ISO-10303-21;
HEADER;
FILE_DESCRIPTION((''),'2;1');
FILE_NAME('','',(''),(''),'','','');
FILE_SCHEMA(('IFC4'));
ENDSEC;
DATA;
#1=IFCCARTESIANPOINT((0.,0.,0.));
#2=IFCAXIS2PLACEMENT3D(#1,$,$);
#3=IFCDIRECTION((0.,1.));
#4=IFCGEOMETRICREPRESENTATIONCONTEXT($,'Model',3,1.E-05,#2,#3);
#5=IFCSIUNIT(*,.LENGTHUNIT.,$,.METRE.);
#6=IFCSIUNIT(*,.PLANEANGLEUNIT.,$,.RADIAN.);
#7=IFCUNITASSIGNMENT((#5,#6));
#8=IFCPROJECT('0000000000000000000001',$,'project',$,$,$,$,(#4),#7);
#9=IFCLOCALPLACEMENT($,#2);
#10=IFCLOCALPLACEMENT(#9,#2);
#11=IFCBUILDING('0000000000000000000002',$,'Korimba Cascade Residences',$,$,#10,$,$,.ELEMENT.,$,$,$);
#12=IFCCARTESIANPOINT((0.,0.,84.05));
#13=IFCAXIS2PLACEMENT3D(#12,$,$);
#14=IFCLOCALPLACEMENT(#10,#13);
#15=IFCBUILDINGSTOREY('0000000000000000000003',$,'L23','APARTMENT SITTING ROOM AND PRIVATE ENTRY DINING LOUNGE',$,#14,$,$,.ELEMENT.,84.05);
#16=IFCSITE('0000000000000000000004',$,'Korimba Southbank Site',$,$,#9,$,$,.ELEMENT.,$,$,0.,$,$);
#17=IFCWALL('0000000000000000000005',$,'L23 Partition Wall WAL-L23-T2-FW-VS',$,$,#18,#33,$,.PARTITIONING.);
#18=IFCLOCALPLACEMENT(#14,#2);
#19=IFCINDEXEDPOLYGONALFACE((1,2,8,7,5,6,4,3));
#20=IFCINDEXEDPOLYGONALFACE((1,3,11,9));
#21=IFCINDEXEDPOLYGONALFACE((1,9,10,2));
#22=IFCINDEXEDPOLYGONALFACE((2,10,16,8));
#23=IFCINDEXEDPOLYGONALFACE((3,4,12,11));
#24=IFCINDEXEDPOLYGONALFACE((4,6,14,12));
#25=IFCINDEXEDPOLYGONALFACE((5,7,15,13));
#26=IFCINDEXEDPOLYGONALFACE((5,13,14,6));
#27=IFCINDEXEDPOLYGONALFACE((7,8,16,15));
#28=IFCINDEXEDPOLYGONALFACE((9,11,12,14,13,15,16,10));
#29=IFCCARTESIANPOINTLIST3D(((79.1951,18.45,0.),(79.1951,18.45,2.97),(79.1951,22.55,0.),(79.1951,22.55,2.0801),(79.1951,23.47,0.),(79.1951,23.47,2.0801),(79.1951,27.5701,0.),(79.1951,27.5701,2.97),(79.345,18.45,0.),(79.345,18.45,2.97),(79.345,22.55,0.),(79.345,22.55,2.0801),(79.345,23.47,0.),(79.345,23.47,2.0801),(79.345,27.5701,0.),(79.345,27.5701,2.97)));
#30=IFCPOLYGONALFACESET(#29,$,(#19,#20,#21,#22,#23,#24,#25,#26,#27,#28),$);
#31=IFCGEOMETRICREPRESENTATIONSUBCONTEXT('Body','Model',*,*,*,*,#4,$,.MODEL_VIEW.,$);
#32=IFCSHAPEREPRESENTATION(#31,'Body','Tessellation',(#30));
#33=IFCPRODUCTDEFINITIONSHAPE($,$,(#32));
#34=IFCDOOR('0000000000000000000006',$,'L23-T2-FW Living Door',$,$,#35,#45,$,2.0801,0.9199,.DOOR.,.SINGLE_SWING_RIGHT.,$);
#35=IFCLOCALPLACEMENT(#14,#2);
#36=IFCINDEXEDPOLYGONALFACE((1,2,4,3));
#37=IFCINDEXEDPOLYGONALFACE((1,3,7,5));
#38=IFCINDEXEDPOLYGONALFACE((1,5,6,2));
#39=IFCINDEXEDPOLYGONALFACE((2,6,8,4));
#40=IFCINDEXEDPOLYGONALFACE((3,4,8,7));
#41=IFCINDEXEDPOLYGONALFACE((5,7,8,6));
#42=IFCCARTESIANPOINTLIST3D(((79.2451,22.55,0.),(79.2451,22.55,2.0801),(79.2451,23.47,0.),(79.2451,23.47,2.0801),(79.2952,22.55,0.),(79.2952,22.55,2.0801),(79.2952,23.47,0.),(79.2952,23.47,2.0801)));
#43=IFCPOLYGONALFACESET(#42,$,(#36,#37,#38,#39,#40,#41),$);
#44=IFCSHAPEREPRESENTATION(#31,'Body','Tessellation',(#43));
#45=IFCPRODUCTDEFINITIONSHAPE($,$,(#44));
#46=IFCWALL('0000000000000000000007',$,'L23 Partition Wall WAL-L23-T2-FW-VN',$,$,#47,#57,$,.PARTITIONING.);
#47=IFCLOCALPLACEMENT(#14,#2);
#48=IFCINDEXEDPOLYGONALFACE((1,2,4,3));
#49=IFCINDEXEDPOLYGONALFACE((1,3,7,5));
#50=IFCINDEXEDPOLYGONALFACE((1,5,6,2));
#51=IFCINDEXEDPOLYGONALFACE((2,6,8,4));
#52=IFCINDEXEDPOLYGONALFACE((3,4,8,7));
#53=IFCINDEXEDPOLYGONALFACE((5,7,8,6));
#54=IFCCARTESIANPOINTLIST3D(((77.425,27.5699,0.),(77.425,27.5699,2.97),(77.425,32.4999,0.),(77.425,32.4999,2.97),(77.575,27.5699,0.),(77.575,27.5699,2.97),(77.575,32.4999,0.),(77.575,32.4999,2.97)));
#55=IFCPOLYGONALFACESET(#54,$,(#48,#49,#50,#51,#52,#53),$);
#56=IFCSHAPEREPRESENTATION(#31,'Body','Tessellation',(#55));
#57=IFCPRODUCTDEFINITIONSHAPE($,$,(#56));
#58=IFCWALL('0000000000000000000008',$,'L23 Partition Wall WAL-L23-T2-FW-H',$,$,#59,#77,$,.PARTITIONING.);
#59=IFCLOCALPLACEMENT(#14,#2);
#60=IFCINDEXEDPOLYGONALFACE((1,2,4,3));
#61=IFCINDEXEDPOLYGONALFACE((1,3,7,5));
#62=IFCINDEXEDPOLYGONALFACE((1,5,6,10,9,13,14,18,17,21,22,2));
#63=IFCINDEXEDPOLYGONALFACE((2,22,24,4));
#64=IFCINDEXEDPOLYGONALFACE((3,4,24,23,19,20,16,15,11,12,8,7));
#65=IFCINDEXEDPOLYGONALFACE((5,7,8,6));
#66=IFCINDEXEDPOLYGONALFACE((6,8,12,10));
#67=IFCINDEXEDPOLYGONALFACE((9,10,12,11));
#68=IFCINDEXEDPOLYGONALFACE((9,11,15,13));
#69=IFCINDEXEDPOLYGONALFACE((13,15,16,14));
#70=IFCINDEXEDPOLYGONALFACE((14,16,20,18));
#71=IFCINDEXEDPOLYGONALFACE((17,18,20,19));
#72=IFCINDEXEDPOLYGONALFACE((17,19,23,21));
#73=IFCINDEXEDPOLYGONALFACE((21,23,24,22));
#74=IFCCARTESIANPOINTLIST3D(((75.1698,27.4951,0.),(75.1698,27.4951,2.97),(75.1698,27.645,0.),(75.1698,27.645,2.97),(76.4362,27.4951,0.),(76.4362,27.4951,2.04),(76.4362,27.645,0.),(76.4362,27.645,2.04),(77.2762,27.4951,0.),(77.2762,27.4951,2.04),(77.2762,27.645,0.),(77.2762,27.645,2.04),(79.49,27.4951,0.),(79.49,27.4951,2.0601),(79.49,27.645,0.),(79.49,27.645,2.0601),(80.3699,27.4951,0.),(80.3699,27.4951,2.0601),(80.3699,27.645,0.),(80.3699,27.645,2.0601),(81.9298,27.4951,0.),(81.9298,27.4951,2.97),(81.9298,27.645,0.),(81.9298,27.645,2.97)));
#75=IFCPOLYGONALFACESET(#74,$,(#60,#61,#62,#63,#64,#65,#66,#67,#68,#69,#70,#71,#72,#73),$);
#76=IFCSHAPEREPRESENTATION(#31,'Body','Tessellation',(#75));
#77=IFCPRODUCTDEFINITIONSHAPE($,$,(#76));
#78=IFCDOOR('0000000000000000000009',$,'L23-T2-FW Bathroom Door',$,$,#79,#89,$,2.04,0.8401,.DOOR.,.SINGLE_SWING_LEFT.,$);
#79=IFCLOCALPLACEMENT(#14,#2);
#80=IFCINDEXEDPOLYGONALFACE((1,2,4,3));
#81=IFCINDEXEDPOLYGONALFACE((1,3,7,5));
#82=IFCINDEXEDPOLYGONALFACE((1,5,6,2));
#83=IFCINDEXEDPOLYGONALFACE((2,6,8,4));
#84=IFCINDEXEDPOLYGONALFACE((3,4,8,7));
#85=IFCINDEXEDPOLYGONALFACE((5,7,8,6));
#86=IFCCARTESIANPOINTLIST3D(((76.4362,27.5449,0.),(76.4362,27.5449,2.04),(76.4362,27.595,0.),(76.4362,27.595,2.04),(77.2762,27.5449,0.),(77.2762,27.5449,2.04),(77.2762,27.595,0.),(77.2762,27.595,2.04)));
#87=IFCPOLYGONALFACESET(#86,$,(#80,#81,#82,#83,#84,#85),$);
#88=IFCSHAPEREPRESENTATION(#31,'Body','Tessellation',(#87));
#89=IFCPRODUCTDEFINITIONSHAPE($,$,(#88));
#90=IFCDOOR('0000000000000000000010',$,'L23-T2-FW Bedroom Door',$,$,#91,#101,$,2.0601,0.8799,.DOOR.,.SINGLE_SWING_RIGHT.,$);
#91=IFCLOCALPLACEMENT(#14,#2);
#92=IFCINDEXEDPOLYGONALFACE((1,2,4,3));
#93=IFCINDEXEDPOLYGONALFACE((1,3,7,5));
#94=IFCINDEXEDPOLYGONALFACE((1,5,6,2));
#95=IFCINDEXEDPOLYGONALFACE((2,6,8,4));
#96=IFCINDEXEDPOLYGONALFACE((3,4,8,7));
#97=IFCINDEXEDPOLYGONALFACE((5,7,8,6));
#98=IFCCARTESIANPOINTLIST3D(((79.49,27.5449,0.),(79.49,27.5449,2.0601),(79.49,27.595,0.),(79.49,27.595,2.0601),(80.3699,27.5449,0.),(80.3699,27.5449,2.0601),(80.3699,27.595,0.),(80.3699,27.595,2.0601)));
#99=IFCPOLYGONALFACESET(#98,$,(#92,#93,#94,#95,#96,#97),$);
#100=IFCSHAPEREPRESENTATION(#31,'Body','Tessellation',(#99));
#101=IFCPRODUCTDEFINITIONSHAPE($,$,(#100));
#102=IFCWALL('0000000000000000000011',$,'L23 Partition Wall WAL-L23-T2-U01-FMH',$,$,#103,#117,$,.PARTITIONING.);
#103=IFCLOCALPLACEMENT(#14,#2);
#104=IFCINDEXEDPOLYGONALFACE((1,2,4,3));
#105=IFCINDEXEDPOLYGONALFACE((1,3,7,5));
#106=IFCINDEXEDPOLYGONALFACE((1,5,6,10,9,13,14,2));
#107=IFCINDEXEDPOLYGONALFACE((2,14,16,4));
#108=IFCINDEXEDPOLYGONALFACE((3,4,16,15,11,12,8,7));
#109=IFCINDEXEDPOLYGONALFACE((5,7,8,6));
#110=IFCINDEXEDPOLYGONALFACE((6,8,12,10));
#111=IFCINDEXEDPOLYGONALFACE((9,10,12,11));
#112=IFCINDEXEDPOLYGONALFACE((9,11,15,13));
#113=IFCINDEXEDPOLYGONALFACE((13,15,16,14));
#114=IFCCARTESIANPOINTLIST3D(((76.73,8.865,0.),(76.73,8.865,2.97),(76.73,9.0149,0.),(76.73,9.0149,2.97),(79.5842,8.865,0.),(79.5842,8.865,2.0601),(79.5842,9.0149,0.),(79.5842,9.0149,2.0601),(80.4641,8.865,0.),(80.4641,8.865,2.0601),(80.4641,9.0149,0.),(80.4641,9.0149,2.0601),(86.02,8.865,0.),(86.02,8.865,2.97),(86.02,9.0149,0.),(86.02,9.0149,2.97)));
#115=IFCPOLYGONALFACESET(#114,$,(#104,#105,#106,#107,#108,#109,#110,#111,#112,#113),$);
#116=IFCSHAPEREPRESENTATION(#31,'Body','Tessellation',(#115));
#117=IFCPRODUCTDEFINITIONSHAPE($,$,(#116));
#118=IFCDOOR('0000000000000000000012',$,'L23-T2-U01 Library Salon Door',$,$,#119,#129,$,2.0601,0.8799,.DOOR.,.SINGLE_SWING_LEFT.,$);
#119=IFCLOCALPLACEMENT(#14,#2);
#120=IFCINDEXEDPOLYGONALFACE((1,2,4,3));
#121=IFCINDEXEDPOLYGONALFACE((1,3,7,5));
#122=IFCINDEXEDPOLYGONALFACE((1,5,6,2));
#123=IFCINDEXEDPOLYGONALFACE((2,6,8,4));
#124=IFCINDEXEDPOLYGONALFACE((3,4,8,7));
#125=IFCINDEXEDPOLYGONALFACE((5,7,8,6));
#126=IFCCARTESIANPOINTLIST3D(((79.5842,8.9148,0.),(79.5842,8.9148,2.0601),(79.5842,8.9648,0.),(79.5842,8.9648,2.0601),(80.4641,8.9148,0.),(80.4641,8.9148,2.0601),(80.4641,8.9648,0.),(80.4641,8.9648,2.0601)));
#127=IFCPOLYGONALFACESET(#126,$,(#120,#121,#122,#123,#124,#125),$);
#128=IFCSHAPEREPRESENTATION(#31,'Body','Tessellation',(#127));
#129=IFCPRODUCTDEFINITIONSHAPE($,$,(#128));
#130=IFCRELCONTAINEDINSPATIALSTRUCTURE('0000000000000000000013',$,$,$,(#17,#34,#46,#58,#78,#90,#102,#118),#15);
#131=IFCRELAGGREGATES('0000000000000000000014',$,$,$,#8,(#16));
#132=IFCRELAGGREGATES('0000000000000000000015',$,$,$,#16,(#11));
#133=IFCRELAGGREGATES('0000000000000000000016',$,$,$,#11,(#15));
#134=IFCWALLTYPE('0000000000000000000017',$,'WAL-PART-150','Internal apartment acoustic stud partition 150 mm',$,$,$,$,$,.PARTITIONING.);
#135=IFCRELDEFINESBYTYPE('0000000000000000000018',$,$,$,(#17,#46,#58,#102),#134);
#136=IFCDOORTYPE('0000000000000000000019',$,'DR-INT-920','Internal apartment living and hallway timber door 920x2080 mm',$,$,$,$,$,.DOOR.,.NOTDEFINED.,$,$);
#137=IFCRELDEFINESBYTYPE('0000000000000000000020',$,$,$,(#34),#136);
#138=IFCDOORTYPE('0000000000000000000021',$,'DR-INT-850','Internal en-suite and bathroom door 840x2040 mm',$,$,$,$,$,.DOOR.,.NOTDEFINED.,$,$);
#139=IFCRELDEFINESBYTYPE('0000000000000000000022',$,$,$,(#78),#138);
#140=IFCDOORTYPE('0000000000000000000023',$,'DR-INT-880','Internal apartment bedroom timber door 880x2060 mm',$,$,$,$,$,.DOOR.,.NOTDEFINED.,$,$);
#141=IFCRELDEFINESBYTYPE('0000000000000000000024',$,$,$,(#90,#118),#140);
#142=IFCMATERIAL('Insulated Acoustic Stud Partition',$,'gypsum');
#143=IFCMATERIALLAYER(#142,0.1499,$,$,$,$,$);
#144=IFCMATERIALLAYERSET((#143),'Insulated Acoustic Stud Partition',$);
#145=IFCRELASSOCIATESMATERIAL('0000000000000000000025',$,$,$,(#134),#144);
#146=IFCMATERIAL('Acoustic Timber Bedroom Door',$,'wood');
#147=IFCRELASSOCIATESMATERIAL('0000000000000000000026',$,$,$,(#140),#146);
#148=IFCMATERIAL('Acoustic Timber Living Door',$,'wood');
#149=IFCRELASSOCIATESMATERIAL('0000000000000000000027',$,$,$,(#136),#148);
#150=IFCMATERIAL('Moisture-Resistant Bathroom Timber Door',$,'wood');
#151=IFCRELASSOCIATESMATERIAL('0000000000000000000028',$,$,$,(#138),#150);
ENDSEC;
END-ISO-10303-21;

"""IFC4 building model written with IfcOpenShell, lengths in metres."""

from ifc_helpers import new_model, si_unit, direction, frame, frame_2d, origin, place, context, subcontext, project, spatial, rectangle, extrude, material, layer, layer_set, type_object, element, fill, save


model = new_model("IFC4")

# Units and contexts
model_context = context("Model", 3, precision=1e-05, world=origin(), true_north=direction((0.0, 1.0)))
body_context = subcontext(model_context, "Body", "Model", "MODEL_VIEW")
ifc_project = project(units=[si_unit("LENGTHUNIT", "METRE"), si_unit("PLANEANGLEUNIT", "RADIAN")], contexts=[model_context])

# Site, building, storey
site_placement = place(None, origin())
site = spatial("IfcSite", under=ifc_project, at=site_placement, Name="Korimba Southbank Site", CompositionType="ELEMENT", RefElevation=0.0)
building_placement = place(site_placement, origin())
building = spatial("IfcBuilding", under=site, at=building_placement, Name="Korimba Cascade Residences", CompositionType="ELEMENT")
storey_placement = place(building_placement, frame((0.0, 0.0, 84.05)))
storey = spatial("IfcBuildingStorey", under=building, at=storey_placement, Name="L23", Description="APARTMENT SITTING ROOM AND PRIVATE ENTRY DINING LOUNGE", CompositionType="ELEMENT", Elevation=84.05)

# Wall, opening, door
ifc_material_1 = material(Name="Insulated Acoustic Stud Partition", Category="gypsum")
ifc_layer_1 = layer(ifc_material_1, 0.1499)
ifc_layer_set_1 = layer_set([ifc_layer_1], Name="Insulated Acoustic Stud Partition")
wall_type_1 = type_object("IfcWallType", Name="WAL-PART-150", Description="Internal apartment acoustic stud partition 150 mm", PredefinedType="PARTITIONING", material=ifc_layer_set_1)
ifc_material_2 = material(Name="Acoustic Timber Bedroom Door", Category="wood")
door_type_1 = type_object("IfcDoorType", Name="DR-INT-880", Description="Internal apartment bedroom timber door 880x2060 mm", OperationType="NOTDEFINED", PredefinedType="DOOR", material=ifc_material_2)
wall_1_placement = place(storey_placement, frame((79.27, 18.45, 0.0), z_axis=(0.0, 0.0, 1.0), x_axis=(0.0, 1.0, 0.0)))
wall_1 = element("IfcWall", 1, at=wall_1_placement, inside=storey, type_object=wall_type_1, Name="L23 Partition Wall WAL-L23-T2-FW-VS", PredefinedType="PARTITIONING", context=body_context, shape_type="SweptSolid", body=[
    extrude(rectangle(XDim=9.1201, YDim=0.1499, at=frame_2d((4.5601, 0.0))), origin(), (0.0, 0.0, 1.0), 2.97),
])
opening_1_placement = place(wall_1_placement, frame((4.1001, 0.0, 0.0)))
opening_1 = element("IfcOpeningElement", 2, at=opening_1_placement, cuts=wall_1, PredefinedType="OPENING", context=body_context, shape_type="SweptSolid", body=[
    extrude(rectangle(XDim=0.9199, YDim=2.0801, at=frame_2d((0.46, 1.04))), frame((0.0, 0.085, 0.0), z_axis=(0.0, -1.0, 0.0), x_axis=(1.0, 0.0, 0.0)), (0.0, 0.0, 1.0), 0.1699),
])
ifc_material_3 = material(Name="Acoustic Timber Living Door", Category="wood")
door_type_2 = type_object("IfcDoorType", Name="DR-INT-920", Description="Internal apartment living and hallway timber door 920x2080 mm", OperationType="NOTDEFINED", PredefinedType="DOOR", material=ifc_material_3)
door_1_placement = place(opening_1_placement, origin())
door_1 = element("IfcDoor", 3, at=door_1_placement, inside=storey, type_object=door_type_2, Name="L23-T2-FW Living Door", OperationType="SINGLE_SWING_RIGHT", OverallHeight=2.0801, OverallWidth=0.9199, PredefinedType="DOOR", context=body_context, shape_type="SweptSolid", body=[
    extrude(rectangle(XDim=0.9199, YDim=2.0801, at=frame_2d((0.46, 1.04))), frame((0.0, 0.0249, 0.0), z_axis=(0.0, -1.0, 0.0), x_axis=(1.0, 0.0, 0.0)), (0.0, 0.0, 1.0), 0.05),
])
fill(opening_1, door_1)

# Wall
wall_2_placement = place(storey_placement, frame((77.5, 27.5701, 0.0), z_axis=(0.0, 0.0, 1.0), x_axis=(0.0, 1.0, 0.0)))
element("IfcWall", 4, at=wall_2_placement, inside=storey, type_object=wall_type_1, Name="L23 Partition Wall WAL-L23-T2-FW-VN", PredefinedType="PARTITIONING", context=body_context, shape_type="SweptSolid", body=[
    extrude(rectangle(XDim=4.9299, YDim=0.1499, at=frame_2d((2.4648, 0.0))), origin(), (0.0, 0.0, 1.0), 2.97),
])

# Wall, openings, doors
wall_3_placement = place(storey_placement, frame((75.1699, 27.5701, 0.0), z_axis=(0.0, 0.0, 1.0), x_axis=(1.0, 0.0, 0.0)))
wall_3 = element("IfcWall", 5, at=wall_3_placement, inside=storey, type_object=wall_type_1, Name="L23 Partition Wall WAL-L23-T2-FW-H", PredefinedType="PARTITIONING", context=body_context, shape_type="SweptSolid", body=[
    extrude(rectangle(XDim=6.76, YDim=0.1499, at=frame_2d((3.3799, 0.0))), origin(), (0.0, 0.0, 1.0), 2.97),
])
opening_2_placement = place(wall_3_placement, frame((1.2664, 0.0, 0.0)))
opening_2 = element("IfcOpeningElement", 6, at=opening_2_placement, cuts=wall_3, PredefinedType="OPENING", context=body_context, shape_type="SweptSolid", body=[
    extrude(rectangle(XDim=0.8401, YDim=2.04, at=frame_2d((0.4199, 1.02))), frame((0.0, 0.085, 0.0), z_axis=(0.0, -1.0, 0.0), x_axis=(1.0, 0.0, 0.0)), (0.0, 0.0, 1.0), 0.1699),
])
opening_3_placement = place(wall_3_placement, frame((4.3201, 0.0, 0.0)))
opening_3 = element("IfcOpeningElement", 7, at=opening_3_placement, cuts=wall_3, PredefinedType="OPENING", context=body_context, shape_type="SweptSolid", body=[
    extrude(rectangle(XDim=0.8799, YDim=2.0601, at=frame_2d((0.4399, 1.03))), frame((0.0, 0.085, 0.0), z_axis=(0.0, -1.0, 0.0), x_axis=(1.0, 0.0, 0.0)), (0.0, 0.0, 1.0), 0.1699),
])
ifc_material_4 = material(Name="Moisture-Resistant Bathroom Timber Door", Category="wood")
door_type_3 = type_object("IfcDoorType", Name="DR-INT-850", Description="Internal en-suite and bathroom door 840x2040 mm", OperationType="NOTDEFINED", PredefinedType="DOOR", material=ifc_material_4)
door_2_placement = place(opening_2_placement, origin())
door_2 = element("IfcDoor", 8, at=door_2_placement, inside=storey, type_object=door_type_3, Name="L23-T2-FW Bathroom Door", OperationType="SINGLE_SWING_LEFT", OverallHeight=2.04, OverallWidth=0.8401, PredefinedType="DOOR", context=body_context, shape_type="SweptSolid", body=[
    extrude(rectangle(XDim=0.8401, YDim=2.04, at=frame_2d((0.4199, 1.02))), frame((0.0, 0.0249, 0.0), z_axis=(0.0, -1.0, 0.0), x_axis=(1.0, 0.0, 0.0)), (0.0, 0.0, 1.0), 0.05),
])
fill(opening_2, door_2)
door_3_placement = place(opening_3_placement, origin())
door_3 = element("IfcDoor", 9, at=door_3_placement, inside=storey, type_object=door_type_1, Name="L23-T2-FW Bedroom Door", OperationType="SINGLE_SWING_RIGHT", OverallHeight=2.0601, OverallWidth=0.8799, PredefinedType="DOOR", context=body_context, shape_type="SweptSolid", body=[
    extrude(rectangle(XDim=0.8799, YDim=2.0601, at=frame_2d((0.4399, 1.03))), frame((0.0, 0.0249, 0.0), z_axis=(0.0, -1.0, 0.0), x_axis=(1.0, 0.0, 0.0)), (0.0, 0.0, 1.0), 0.05),
])
fill(opening_3, door_3)

# Wall, opening, door
wall_4_placement = place(storey_placement, frame((76.73, 8.9399, 0.0), z_axis=(0.0, 0.0, 1.0), x_axis=(1.0, 0.0, 0.0)))
wall_4 = element("IfcWall", 10, at=wall_4_placement, inside=storey, type_object=wall_type_1, Name="L23 Partition Wall WAL-L23-T2-U01-FMH", PredefinedType="PARTITIONING", context=body_context, shape_type="SweptSolid", body=[
    extrude(rectangle(XDim=9.29, YDim=0.1499, at=frame_2d((4.645, 0.0))), origin(), (0.0, 0.0, 1.0), 2.97),
])
opening_4_placement = place(wall_4_placement, frame((2.8542, 0.0, 0.0)))
opening_4 = element("IfcOpeningElement", 11, at=opening_4_placement, cuts=wall_4, PredefinedType="OPENING", context=body_context, shape_type="SweptSolid", body=[
    extrude(rectangle(XDim=0.8799, YDim=2.0601, at=frame_2d((0.4399, 1.03))), frame((0.0, 0.085, 0.0), z_axis=(0.0, -1.0, 0.0), x_axis=(1.0, 0.0, 0.0)), (0.0, 0.0, 1.0), 0.1699),
])
door_4_placement = place(opening_4_placement, origin())
door_4 = element("IfcDoor", 12, at=door_4_placement, inside=storey, type_object=door_type_1, Name="L23-T2-U01 Library Salon Door", OperationType="SINGLE_SWING_LEFT", OverallHeight=2.0601, OverallWidth=0.8799, PredefinedType="DOOR", context=body_context, shape_type="SweptSolid", body=[
    extrude(rectangle(XDim=0.8799, YDim=2.0601, at=frame_2d((0.4399, 1.03))), frame((0.0, 0.0249, 0.0), z_axis=(0.0, -1.0, 0.0), x_axis=(1.0, 0.0, 0.0)), (0.0, 0.0, 1.0), 0.05),
])
fill(opening_4, door_4)

save(model, "model.ifc")
